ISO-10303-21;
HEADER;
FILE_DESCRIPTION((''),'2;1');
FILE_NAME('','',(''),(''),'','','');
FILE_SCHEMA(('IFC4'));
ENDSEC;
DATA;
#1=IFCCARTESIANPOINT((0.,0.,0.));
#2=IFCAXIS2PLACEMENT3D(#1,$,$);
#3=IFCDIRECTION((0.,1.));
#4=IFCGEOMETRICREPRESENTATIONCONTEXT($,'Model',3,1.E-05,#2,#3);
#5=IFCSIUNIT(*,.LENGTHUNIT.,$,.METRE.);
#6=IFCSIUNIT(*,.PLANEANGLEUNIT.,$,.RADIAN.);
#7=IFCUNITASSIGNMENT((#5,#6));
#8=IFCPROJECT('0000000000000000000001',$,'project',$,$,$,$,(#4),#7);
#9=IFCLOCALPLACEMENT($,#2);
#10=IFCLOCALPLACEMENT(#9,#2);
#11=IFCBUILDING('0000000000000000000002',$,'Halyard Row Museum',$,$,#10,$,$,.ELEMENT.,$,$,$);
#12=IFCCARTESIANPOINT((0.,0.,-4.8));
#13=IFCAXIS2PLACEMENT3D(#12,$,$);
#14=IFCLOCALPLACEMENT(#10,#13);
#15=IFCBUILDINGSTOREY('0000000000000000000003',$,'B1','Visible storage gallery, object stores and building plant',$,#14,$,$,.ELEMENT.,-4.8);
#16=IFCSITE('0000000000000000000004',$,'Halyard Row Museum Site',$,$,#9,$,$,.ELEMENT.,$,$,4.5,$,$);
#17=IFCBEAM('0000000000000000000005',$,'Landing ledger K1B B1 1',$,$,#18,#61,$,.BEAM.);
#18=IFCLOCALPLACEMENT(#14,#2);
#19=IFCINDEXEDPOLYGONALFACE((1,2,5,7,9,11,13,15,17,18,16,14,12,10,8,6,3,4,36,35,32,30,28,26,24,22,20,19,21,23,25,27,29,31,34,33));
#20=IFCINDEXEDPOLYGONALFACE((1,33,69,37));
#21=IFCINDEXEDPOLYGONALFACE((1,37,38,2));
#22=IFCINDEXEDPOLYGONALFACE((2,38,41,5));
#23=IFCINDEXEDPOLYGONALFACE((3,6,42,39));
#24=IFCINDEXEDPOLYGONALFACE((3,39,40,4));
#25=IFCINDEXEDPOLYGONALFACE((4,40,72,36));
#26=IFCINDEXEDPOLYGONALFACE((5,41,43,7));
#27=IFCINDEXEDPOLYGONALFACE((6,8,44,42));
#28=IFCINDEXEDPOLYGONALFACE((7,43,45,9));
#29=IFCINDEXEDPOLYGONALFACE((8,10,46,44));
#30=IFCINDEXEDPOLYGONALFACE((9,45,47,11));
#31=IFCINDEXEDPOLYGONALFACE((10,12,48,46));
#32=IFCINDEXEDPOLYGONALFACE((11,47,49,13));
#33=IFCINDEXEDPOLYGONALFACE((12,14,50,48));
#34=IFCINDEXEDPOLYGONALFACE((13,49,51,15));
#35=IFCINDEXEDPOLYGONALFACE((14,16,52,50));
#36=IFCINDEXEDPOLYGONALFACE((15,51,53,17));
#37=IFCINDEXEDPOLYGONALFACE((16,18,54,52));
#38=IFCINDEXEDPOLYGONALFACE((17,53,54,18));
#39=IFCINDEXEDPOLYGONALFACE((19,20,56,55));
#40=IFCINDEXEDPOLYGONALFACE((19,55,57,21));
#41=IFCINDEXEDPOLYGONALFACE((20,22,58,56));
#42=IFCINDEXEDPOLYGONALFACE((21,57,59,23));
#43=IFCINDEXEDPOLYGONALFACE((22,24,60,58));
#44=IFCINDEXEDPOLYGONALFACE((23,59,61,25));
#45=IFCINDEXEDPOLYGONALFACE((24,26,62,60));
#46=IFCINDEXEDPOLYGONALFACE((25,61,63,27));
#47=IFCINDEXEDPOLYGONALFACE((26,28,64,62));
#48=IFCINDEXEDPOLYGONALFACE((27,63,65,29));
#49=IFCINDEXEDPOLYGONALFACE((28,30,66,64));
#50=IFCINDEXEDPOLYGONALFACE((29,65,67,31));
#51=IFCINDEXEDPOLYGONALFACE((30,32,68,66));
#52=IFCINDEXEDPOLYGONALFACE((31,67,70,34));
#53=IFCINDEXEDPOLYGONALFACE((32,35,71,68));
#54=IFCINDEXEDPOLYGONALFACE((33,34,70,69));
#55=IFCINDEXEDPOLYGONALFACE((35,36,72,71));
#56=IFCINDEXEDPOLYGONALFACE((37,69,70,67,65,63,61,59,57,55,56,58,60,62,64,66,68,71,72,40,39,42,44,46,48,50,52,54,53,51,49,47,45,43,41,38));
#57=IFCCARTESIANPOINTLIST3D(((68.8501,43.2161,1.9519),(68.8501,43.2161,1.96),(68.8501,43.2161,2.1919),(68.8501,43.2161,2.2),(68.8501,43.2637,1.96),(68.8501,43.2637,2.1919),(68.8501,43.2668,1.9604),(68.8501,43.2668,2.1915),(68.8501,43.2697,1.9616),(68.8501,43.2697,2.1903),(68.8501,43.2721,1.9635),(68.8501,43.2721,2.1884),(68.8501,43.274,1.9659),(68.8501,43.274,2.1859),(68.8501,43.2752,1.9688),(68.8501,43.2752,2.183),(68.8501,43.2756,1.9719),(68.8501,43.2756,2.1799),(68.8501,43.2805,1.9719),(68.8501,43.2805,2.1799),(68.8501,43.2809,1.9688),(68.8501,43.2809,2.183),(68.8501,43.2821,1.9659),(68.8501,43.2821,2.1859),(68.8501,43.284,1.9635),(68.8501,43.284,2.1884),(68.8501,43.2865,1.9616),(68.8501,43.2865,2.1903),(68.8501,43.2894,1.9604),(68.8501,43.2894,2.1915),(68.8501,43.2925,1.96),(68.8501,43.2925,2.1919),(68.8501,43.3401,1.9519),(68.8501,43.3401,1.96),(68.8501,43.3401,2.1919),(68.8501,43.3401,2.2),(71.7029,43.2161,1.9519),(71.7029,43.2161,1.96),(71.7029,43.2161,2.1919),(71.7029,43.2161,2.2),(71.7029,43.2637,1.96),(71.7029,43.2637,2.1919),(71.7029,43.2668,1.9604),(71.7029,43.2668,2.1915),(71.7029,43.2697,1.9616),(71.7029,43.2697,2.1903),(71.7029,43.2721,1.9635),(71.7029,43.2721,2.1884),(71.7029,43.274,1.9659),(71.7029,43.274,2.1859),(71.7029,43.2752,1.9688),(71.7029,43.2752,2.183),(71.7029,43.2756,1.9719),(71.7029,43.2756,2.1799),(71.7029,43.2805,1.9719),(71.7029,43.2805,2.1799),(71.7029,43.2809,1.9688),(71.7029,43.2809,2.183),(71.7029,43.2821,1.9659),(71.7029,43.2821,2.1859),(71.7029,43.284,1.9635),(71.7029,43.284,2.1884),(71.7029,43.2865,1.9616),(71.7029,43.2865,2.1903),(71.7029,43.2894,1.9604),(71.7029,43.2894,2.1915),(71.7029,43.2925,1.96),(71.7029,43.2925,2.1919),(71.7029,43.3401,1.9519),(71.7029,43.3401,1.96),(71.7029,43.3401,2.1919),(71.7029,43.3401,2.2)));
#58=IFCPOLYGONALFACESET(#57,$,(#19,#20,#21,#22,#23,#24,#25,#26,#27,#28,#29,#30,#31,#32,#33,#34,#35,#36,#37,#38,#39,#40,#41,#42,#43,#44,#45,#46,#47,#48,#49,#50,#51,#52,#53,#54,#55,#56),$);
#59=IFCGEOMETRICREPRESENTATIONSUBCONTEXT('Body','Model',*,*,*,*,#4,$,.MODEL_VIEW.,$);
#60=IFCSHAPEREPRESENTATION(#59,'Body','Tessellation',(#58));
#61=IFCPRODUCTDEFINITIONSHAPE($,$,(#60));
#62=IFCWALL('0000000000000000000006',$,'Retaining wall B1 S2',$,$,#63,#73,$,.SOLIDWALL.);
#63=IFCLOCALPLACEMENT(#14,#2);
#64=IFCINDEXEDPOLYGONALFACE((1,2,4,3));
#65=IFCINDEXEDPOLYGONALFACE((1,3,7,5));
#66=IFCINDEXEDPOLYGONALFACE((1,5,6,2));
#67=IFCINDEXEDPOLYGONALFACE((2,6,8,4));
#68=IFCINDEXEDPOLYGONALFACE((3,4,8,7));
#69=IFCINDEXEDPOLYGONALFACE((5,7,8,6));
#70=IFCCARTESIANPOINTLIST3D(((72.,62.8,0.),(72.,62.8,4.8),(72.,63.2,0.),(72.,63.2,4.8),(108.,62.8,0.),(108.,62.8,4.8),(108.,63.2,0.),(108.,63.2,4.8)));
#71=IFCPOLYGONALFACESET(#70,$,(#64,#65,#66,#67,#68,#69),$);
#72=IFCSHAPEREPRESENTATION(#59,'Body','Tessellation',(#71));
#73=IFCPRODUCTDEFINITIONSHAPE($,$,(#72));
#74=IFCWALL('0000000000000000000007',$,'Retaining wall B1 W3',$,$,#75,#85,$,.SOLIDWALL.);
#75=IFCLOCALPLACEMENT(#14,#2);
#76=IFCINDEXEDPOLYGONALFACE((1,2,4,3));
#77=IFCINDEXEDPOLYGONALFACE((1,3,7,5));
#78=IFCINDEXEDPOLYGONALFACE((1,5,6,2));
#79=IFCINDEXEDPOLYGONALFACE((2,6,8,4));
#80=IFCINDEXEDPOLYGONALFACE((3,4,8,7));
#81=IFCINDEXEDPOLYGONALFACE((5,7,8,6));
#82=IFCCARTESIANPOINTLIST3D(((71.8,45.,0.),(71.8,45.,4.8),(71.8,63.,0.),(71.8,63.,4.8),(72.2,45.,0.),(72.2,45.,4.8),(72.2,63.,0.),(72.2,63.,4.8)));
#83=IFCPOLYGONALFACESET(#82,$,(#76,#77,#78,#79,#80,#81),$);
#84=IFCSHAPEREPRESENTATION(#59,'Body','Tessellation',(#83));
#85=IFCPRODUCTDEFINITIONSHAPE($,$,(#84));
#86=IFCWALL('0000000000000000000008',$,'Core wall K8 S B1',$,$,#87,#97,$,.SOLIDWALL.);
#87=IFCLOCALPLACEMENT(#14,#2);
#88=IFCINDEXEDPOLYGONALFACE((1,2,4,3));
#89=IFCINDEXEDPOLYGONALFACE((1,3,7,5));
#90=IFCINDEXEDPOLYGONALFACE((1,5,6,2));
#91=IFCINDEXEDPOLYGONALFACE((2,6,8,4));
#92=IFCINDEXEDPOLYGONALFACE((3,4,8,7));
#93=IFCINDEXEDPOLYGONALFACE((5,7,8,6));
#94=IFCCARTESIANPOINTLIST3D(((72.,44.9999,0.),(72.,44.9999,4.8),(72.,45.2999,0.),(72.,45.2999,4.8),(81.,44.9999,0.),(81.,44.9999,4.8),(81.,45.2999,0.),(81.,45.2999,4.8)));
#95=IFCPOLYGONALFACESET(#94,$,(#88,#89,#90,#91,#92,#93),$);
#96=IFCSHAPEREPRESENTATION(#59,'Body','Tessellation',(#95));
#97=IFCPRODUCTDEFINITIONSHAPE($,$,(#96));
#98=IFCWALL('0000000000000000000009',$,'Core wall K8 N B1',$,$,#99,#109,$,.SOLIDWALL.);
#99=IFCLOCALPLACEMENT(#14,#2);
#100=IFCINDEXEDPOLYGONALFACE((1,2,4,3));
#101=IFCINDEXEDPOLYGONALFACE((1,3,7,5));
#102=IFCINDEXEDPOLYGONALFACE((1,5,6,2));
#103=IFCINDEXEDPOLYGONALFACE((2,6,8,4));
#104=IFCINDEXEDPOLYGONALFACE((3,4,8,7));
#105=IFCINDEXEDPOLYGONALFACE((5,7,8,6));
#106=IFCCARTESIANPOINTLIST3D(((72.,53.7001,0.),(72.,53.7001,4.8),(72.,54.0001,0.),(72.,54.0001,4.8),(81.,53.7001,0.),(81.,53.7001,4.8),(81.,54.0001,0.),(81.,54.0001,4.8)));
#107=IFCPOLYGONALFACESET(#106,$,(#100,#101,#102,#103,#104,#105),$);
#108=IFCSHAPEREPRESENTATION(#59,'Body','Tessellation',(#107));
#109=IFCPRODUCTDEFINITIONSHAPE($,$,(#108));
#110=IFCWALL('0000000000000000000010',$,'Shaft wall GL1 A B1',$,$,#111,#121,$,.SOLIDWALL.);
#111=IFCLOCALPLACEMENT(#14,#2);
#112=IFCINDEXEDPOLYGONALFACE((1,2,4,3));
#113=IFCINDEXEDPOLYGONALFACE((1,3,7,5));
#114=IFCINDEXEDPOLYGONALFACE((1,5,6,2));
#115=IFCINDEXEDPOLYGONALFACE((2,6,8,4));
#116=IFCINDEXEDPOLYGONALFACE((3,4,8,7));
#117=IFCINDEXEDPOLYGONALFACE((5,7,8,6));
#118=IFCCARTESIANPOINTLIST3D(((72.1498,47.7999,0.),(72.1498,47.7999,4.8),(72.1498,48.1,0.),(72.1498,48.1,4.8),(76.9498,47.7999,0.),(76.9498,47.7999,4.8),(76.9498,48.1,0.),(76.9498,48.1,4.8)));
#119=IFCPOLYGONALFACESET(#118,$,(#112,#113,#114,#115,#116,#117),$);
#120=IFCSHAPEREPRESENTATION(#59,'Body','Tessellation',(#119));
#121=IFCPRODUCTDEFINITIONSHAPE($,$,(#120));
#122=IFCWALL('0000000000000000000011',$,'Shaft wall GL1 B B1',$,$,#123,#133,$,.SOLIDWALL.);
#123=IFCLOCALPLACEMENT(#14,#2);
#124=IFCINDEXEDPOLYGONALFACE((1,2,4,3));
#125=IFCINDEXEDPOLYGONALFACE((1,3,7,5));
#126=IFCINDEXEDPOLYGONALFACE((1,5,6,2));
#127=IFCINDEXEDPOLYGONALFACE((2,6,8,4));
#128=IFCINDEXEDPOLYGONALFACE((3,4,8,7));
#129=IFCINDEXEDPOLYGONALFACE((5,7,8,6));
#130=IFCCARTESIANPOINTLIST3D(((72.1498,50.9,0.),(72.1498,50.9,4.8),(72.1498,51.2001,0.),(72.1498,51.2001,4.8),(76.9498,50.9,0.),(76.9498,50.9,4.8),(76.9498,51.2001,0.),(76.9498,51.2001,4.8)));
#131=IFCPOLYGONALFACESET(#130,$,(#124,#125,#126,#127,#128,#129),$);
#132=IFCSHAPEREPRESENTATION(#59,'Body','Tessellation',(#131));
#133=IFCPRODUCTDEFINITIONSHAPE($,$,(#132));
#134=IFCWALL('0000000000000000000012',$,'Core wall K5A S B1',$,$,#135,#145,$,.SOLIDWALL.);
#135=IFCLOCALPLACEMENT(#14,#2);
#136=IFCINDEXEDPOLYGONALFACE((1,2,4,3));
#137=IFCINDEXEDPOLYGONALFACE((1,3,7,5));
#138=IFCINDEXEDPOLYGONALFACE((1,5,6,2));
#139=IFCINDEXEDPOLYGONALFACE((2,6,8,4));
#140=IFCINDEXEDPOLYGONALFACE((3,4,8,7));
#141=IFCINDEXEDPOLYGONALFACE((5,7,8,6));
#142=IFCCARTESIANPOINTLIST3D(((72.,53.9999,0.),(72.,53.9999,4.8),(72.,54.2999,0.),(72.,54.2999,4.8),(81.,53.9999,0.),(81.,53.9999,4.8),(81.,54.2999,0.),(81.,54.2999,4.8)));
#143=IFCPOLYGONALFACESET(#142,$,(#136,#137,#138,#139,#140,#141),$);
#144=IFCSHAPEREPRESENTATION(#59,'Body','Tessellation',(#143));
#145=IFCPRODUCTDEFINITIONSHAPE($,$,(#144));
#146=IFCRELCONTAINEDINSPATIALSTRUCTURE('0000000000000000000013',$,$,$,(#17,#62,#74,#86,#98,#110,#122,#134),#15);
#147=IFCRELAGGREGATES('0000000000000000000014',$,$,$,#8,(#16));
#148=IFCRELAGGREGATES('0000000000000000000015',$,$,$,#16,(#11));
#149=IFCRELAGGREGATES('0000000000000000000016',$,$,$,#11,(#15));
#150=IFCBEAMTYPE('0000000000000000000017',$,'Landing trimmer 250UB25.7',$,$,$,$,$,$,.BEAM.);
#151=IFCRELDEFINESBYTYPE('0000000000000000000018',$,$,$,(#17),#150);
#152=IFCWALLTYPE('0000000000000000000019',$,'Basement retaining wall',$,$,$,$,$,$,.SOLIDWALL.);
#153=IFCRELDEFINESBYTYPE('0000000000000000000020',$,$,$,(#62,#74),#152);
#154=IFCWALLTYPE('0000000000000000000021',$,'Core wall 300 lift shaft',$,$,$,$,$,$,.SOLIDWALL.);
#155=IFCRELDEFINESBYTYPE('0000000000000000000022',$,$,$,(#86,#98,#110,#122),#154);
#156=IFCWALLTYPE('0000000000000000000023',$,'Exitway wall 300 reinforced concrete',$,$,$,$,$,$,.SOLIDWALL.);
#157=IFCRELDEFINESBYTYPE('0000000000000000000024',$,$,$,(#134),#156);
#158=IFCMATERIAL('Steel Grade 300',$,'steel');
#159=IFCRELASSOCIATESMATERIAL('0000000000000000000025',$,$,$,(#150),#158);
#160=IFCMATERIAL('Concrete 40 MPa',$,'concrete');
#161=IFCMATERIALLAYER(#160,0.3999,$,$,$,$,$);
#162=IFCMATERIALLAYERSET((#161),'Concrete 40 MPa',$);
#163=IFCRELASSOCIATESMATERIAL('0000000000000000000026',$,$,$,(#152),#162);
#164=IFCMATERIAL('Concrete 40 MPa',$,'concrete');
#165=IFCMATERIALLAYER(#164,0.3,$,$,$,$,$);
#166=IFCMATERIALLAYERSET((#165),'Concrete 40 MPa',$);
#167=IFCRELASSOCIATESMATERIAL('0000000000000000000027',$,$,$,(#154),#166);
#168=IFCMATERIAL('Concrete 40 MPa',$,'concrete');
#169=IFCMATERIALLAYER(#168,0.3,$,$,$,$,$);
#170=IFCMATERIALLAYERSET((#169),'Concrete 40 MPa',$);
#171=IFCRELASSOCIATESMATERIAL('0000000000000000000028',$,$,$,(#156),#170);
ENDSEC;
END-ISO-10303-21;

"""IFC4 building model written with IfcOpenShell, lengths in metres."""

from ifc_helpers import new_model, si_unit, direction, frame, frame_2d, origin, origin_2d, place, context, subcontext, project, spatial, rectangle, i_section, extrude, material, layer, layer_set, material_profile, profile_set, type_object, element, save


model = new_model("IFC4")

# Units and contexts
model_context = context("Model", 3, precision=1e-05, world=origin(), true_north=direction((0.0, 1.0)))
body_context = subcontext(model_context, "Body", "Model", "MODEL_VIEW")
ifc_project = project(units=[si_unit("LENGTHUNIT", "METRE"), si_unit("PLANEANGLEUNIT", "RADIAN")], contexts=[model_context])

# Site, building, storey
site_placement = place(None, origin())
site = spatial("IfcSite", under=ifc_project, at=site_placement, Name="Halyard Row Museum Site", CompositionType="ELEMENT", RefElevation=4.5)
building_placement = place(site_placement, origin())
building = spatial("IfcBuilding", under=site, at=building_placement, Name="Halyard Row Museum", CompositionType="ELEMENT")
storey_placement = place(building_placement, frame((0.0, 0.0, -4.8)))
storey = spatial("IfcBuildingStorey", under=building, at=storey_placement, Name="B1", Description="Visible storage gallery, object stores and building plant", CompositionType="ELEMENT", Elevation=-4.8)

# Beam
ifc_material_1 = material(Name="Steel Grade 300", Category="steel")
ifc_material_profile = material_profile(ifc_material_1, i_section(OverallWidth=0.124, OverallDepth=0.248, WebThickness=0.0049, FlangeThickness=0.0081, FilletRadius=0.012, at=origin_2d()), Name="250UB25.7")
ifc_profile_set = profile_set([ifc_material_profile], Name="Steel Grade 300")
beam_type = type_object("IfcBeamType", Name="Landing trimmer 250UB25.7", PredefinedType="BEAM", material=ifc_profile_set)
beam_placement = place(storey_placement, frame((71.7029, 43.2781, 2.0759), z_axis=(-1.0, 0.0, 0.0), x_axis=(0.0, -1.0, 0.0)))
element("IfcBeam", 1, at=beam_placement, inside=storey, type_object=beam_type, Name="Landing ledger K1B B1 1", PredefinedType="BEAM", context=body_context, shape_type="SweptSolid", body=[
    extrude(i_section(OverallWidth=0.124, OverallDepth=0.248, WebThickness=0.0049, FlangeThickness=0.0081, FilletRadius=0.012, at=origin_2d()), origin(), (0.0, 0.0, 1.0), 2.8528),
])

# Walls
ifc_material_2 = material(Name="Concrete 40 MPa", Category="concrete")
ifc_layer_1 = layer(ifc_material_2, 0.3999)
ifc_layer_set_1 = layer_set([ifc_layer_1], Name="Concrete 40 MPa")
wall_type_1 = type_object("IfcWallType", Name="Basement retaining wall", PredefinedType="SOLIDWALL", material=ifc_layer_set_1)
wall_1_placement = place(storey_placement, frame((72.0, 63.0, 0.0), z_axis=(0.0, 0.0, 1.0), x_axis=(1.0, 0.0, 0.0)))
element("IfcWall", 2, at=wall_1_placement, inside=storey, type_object=wall_type_1, Name="Retaining wall B1 S2", PredefinedType="SOLIDWALL", context=body_context, shape_type="SweptSolid", body=[
    extrude(rectangle(XDim=36.0, YDim=0.3999, at=frame_2d((18.0, 0.0))), origin(), (0.0, 0.0, 1.0), 4.8),
])
wall_2_placement = place(storey_placement, frame((72.0, 45.0, 0.0), z_axis=(0.0, 0.0, 1.0), x_axis=(0.0, 1.0, 0.0)))
element("IfcWall", 3, at=wall_2_placement, inside=storey, type_object=wall_type_1, Name="Retaining wall B1 W3", PredefinedType="SOLIDWALL", context=body_context, shape_type="SweptSolid", body=[
    extrude(rectangle(XDim=18.0, YDim=0.3999, at=frame_2d((9.0, 0.0))), origin(), (0.0, 0.0, 1.0), 4.8),
])
ifc_material_3 = material(Name="Concrete 40 MPa", Category="concrete")
ifc_layer_2 = layer(ifc_material_3, 0.3)
ifc_layer_set_2 = layer_set([ifc_layer_2], Name="Concrete 40 MPa")
wall_type_2 = type_object("IfcWallType", Name="Core wall 300 lift shaft", PredefinedType="SOLIDWALL", material=ifc_layer_set_2)
for number, where, z_axis, x_axis, name in (
    (4, (72.0, 45.1499, 0.0), (0.0, 0.0, 1.0), (1.0, 0.0, 0.0), "Core wall K8 S B1"),
    (5, (72.0, 53.8501, 0.0), (0.0, 0.0, 1.0), (1.0, 0.0, 0.0), "Core wall K8 N B1"),
):
    element("IfcWall", number, at=place(storey_placement, frame(where, z_axis=z_axis, x_axis=x_axis)), inside=storey, type_object=wall_type_2, Name=name, PredefinedType="SOLIDWALL", context=body_context, shape_type="SweptSolid", body=[
        extrude(rectangle(XDim=9.0, YDim=0.3, at=frame_2d((4.5, 0.0))), origin(), (0.0, 0.0, 1.0), 4.8),
    ])

# Walls
for number, where, z_axis, x_axis, name in (
    (6, (72.1499, 47.95, 0.0), (0.0, 0.0, 1.0), (1.0, 0.0, 0.0), "Shaft wall GL1 A B1"),
    (7, (72.1499, 51.05, 0.0), (0.0, 0.0, 1.0), (1.0, 0.0, 0.0), "Shaft wall GL1 B B1"),
):
    element("IfcWall", number, at=place(storey_placement, frame(where, z_axis=z_axis, x_axis=x_axis)), inside=storey, type_object=wall_type_2, Name=name, PredefinedType="SOLIDWALL", context=body_context, shape_type="SweptSolid", body=[
        extrude(rectangle(XDim=4.8, YDim=0.3, at=frame_2d((2.3999, 0.0))), origin(), (0.0, 0.0, 1.0), 4.8),
    ])
ifc_material_4 = material(Name="Concrete 40 MPa", Category="concrete")
ifc_layer_3 = layer(ifc_material_4, 0.3)
ifc_layer_set_3 = layer_set([ifc_layer_3], Name="Concrete 40 MPa")
wall_type_3 = type_object("IfcWallType", Name="Exitway wall 300 reinforced concrete", PredefinedType="SOLIDWALL", material=ifc_layer_set_3)
wall_3_placement = place(storey_placement, frame((72.0, 54.1499, 0.0), z_axis=(0.0, 0.0, 1.0), x_axis=(1.0, 0.0, 0.0)))
element("IfcWall", 8, at=wall_3_placement, inside=storey, type_object=wall_type_3, Name="Core wall K5A S B1", PredefinedType="SOLIDWALL", context=body_context, shape_type="SweptSolid", body=[
    extrude(rectangle(XDim=9.0, YDim=0.3, at=frame_2d((4.5, 0.0))), origin(), (0.0, 0.0, 1.0), 4.8),
])

save(model, "model.ifc")
